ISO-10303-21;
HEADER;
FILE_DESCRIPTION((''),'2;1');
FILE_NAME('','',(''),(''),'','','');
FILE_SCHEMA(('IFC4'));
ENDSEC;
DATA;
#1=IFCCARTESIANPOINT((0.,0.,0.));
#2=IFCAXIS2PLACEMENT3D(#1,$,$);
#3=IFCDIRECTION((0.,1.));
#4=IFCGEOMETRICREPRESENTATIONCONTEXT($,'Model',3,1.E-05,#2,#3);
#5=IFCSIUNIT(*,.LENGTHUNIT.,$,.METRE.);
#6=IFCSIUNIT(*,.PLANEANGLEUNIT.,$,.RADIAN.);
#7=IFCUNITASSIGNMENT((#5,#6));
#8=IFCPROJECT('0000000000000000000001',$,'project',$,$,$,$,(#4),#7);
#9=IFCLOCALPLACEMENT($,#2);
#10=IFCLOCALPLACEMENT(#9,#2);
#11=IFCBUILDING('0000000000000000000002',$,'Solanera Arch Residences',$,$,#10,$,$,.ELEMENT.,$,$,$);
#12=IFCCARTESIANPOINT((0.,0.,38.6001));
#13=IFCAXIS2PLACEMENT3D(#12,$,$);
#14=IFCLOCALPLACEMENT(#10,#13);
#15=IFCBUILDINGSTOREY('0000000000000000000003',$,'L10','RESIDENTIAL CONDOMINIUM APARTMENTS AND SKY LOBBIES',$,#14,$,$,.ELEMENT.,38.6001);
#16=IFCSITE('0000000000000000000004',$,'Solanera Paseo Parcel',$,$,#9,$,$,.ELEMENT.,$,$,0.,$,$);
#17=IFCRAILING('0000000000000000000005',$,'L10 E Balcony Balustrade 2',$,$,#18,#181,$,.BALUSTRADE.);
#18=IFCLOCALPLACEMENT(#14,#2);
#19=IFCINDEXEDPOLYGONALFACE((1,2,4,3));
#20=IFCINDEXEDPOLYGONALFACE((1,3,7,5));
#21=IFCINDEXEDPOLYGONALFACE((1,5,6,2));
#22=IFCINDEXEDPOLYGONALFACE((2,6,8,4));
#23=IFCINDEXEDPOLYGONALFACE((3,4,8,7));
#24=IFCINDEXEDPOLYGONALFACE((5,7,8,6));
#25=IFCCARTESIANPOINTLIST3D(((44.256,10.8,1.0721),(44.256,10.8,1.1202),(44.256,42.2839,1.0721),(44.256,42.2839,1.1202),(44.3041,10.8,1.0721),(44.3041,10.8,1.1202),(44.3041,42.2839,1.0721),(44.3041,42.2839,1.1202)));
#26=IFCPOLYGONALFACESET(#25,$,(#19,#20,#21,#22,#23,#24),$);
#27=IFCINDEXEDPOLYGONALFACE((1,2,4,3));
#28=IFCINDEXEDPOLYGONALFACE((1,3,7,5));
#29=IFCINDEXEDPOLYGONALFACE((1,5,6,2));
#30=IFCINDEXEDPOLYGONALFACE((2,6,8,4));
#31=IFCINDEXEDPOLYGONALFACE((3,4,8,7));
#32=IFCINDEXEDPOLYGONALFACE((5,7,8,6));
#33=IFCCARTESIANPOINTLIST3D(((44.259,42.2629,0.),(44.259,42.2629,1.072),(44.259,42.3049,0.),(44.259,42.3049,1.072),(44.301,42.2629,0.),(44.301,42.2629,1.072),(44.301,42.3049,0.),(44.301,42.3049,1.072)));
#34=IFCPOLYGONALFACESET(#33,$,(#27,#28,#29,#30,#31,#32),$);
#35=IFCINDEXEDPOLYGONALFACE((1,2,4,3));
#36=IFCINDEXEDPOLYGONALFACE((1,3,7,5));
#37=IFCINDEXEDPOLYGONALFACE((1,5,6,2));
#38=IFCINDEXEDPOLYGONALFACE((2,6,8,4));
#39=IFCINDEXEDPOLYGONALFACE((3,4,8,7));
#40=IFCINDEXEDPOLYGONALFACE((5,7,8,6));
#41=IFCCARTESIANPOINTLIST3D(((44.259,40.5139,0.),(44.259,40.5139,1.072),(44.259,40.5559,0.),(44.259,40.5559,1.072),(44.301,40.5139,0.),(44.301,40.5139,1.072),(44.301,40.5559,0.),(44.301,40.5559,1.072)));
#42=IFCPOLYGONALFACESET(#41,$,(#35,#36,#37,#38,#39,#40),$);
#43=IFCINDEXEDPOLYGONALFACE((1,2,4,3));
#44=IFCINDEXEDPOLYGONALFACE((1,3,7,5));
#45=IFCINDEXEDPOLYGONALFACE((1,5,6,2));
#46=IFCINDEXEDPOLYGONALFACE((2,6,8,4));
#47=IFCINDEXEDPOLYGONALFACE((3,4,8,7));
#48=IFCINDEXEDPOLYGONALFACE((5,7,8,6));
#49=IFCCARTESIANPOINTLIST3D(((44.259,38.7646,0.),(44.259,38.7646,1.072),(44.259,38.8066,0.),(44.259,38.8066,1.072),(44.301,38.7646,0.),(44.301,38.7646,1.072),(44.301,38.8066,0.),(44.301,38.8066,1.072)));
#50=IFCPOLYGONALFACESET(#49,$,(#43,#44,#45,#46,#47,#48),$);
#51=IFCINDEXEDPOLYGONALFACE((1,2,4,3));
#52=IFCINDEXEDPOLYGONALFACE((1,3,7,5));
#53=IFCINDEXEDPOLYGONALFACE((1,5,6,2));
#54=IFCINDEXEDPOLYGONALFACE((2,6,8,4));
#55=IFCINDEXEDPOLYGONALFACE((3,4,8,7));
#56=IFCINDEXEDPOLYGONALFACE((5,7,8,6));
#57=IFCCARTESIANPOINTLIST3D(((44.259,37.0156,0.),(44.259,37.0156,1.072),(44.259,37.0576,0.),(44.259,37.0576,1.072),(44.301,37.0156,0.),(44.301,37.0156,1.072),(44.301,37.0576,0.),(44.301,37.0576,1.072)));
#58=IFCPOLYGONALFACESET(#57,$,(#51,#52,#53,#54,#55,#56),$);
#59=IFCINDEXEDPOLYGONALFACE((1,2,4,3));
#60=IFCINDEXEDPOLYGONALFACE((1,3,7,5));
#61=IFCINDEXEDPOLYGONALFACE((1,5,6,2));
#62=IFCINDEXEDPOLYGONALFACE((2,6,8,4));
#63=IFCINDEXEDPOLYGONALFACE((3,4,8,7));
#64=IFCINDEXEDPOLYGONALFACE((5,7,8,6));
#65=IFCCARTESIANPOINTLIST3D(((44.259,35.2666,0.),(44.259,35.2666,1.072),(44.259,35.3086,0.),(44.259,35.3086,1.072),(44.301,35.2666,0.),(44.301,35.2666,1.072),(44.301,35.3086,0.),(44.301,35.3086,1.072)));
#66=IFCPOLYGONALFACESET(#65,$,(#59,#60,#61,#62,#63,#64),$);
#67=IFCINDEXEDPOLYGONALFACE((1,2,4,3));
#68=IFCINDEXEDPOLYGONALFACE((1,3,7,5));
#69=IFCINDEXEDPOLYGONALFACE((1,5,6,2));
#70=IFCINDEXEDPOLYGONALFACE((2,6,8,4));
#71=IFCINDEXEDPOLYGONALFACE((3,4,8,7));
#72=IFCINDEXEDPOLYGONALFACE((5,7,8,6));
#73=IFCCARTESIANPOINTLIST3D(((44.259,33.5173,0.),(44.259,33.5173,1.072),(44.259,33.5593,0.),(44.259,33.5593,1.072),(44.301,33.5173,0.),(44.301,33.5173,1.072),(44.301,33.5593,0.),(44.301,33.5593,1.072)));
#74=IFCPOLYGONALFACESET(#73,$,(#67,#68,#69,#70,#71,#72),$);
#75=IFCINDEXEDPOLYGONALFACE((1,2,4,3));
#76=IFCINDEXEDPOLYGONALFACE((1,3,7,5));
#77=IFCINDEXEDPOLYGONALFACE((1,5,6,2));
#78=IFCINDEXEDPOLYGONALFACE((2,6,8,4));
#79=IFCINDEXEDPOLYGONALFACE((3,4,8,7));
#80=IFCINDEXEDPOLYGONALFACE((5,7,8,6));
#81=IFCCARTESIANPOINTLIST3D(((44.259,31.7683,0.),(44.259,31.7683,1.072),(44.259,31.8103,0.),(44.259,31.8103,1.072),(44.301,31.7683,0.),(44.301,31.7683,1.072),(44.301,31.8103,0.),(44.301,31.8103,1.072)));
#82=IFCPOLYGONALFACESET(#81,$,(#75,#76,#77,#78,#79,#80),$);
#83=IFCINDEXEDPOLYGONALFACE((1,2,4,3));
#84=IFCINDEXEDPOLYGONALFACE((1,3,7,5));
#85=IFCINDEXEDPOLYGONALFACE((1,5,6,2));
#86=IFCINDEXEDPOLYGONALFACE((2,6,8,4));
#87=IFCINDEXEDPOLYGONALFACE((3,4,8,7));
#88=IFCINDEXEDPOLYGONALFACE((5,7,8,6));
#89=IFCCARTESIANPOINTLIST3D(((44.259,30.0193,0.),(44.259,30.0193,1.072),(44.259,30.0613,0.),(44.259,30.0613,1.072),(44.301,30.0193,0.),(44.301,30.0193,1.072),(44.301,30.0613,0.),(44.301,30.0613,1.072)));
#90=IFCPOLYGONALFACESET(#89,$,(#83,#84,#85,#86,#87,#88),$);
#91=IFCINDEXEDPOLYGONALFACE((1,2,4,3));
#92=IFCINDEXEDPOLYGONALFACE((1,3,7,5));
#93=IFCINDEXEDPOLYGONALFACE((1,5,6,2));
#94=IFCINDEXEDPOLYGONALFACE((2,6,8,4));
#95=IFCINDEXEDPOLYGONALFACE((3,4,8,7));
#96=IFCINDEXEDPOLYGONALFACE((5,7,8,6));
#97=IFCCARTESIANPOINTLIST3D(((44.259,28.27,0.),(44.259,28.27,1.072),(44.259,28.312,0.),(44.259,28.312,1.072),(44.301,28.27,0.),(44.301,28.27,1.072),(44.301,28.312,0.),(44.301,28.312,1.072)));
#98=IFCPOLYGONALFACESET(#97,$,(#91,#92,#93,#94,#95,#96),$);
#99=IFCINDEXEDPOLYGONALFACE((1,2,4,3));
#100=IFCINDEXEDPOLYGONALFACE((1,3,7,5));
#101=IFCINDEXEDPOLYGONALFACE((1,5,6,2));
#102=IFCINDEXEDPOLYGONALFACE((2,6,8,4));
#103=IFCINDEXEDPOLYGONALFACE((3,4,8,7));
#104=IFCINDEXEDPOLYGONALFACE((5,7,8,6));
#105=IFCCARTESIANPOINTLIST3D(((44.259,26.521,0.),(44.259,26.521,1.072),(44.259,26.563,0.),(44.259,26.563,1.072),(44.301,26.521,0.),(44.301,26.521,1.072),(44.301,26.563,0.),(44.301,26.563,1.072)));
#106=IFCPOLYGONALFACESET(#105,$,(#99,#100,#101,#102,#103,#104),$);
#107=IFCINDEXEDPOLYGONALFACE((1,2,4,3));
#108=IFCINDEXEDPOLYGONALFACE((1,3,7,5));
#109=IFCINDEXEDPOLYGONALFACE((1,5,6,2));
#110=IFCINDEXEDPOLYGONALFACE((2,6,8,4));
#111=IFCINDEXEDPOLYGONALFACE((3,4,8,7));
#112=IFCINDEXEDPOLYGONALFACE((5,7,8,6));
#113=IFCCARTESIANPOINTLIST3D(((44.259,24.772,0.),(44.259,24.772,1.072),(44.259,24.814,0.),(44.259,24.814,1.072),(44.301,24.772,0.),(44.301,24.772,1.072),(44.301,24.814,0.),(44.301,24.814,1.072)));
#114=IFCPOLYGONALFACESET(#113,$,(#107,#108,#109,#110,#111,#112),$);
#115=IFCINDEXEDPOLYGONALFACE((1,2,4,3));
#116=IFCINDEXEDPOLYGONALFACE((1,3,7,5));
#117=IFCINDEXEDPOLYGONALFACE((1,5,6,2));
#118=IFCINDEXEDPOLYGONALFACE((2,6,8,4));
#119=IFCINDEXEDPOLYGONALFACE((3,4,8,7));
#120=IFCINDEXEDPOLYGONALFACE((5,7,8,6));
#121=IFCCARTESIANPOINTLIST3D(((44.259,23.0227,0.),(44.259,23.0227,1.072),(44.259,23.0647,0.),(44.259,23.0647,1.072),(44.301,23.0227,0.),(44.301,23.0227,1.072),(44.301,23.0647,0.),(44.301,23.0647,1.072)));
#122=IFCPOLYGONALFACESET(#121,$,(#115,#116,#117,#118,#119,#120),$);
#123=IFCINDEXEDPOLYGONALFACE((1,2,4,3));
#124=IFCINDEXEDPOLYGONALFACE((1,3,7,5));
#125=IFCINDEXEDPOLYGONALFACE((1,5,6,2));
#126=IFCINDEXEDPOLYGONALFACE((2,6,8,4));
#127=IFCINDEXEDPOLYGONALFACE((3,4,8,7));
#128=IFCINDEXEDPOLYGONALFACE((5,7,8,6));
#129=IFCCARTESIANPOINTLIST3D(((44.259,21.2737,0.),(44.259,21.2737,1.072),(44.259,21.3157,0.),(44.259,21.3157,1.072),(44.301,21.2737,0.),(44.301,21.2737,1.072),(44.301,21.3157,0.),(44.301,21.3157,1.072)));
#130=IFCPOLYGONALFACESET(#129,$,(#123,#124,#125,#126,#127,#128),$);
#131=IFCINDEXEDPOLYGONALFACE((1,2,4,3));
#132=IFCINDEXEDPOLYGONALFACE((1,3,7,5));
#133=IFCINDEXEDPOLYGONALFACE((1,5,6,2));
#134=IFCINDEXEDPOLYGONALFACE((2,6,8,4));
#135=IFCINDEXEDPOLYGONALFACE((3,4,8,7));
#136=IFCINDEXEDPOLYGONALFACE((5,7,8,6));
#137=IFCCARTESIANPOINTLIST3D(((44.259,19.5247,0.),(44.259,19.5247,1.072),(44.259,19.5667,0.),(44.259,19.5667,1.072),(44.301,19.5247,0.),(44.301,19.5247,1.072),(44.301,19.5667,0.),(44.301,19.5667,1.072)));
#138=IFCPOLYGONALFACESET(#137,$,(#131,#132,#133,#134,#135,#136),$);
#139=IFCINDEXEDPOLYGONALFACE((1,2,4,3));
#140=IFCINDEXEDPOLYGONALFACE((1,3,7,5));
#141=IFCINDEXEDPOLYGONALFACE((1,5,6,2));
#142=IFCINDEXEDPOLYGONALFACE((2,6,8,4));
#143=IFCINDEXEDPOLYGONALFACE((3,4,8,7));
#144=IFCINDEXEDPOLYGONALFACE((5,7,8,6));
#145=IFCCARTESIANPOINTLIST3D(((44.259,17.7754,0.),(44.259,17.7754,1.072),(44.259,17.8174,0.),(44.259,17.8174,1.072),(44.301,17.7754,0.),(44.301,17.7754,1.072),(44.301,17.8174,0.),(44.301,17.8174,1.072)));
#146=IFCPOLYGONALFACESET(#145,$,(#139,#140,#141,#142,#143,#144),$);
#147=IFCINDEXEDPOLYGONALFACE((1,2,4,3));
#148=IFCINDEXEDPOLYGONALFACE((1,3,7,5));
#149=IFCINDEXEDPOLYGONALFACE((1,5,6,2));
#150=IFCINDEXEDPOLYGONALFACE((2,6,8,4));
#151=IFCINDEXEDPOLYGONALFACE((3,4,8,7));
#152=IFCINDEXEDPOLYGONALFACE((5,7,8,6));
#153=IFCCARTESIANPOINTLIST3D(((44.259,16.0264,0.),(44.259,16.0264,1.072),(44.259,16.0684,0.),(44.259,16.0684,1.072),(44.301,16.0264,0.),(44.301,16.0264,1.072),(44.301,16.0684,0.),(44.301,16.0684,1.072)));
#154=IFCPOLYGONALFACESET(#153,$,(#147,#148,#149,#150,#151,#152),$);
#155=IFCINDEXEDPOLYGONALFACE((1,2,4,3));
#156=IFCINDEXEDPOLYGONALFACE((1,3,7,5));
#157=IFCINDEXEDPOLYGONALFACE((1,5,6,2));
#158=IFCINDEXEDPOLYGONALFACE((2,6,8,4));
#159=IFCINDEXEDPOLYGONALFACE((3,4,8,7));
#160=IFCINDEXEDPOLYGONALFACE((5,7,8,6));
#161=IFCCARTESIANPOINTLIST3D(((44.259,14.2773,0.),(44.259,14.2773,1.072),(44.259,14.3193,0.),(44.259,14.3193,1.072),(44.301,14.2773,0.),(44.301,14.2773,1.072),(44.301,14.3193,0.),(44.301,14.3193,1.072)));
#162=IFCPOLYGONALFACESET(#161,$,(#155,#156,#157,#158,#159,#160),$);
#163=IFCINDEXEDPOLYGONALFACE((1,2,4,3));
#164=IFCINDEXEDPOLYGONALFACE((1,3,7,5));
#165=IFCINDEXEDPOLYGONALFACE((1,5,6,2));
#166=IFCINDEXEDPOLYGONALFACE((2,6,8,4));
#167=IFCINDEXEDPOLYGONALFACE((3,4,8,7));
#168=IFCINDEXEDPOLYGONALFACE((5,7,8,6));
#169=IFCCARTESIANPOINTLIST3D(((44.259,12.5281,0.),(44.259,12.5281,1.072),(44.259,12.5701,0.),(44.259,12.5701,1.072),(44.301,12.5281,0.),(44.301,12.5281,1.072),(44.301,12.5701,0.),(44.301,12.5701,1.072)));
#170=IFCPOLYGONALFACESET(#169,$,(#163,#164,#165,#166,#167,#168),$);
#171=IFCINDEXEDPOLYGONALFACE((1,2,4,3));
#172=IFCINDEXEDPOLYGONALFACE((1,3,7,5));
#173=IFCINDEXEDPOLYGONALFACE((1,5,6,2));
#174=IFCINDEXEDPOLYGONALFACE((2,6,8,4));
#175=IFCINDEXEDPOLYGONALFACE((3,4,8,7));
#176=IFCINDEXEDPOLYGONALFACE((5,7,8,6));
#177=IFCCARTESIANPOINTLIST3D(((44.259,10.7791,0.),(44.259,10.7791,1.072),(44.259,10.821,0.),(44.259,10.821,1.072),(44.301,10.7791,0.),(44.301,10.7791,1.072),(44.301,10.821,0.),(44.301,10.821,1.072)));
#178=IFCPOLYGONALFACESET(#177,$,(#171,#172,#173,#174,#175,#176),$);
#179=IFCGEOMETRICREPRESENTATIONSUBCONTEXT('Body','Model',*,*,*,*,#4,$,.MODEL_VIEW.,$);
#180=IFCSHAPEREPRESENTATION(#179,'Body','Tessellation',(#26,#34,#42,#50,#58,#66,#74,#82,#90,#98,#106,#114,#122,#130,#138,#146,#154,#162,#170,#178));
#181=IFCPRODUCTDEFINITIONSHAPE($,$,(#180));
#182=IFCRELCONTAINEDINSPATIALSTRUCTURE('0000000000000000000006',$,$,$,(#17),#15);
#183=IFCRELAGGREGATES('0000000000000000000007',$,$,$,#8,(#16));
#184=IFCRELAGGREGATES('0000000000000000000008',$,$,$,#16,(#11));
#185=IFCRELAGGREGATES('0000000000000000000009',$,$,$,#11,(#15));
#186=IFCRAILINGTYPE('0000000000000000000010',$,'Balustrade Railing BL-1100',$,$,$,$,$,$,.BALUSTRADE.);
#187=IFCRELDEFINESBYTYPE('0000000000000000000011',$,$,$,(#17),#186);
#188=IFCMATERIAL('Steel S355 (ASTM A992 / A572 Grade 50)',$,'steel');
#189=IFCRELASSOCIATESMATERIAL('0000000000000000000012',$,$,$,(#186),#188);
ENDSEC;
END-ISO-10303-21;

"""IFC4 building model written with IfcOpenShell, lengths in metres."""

from ifc_helpers import new_model, si_unit, direction, frame, origin, origin_2d, place, context, subcontext, project, spatial, rectangle, extrude, material, type_object, element, save


model = new_model("IFC4")

# Units and contexts
model_context = context("Model", 3, precision=1e-05, world=origin(), true_north=direction((0.0, 1.0)))
body_context = subcontext(model_context, "Body", "Model", "MODEL_VIEW")
ifc_project = project(units=[si_unit("LENGTHUNIT", "METRE"), si_unit("PLANEANGLEUNIT", "RADIAN")], contexts=[model_context])

# Site, building, storey
site_placement = place(None, origin())
site = spatial("IfcSite", under=ifc_project, at=site_placement, Name="Solanera Paseo Parcel", CompositionType="ELEMENT", RefElevation=0.0)
building_placement = place(site_placement, origin())
building = spatial("IfcBuilding", under=site, at=building_placement, Name="Solanera Arch Residences", CompositionType="ELEMENT")
storey_placement = place(building_placement, frame((0.0, 0.0, 38.6001)))
storey = spatial("IfcBuildingStorey", under=building, at=storey_placement, Name="L10", Description="RESIDENTIAL CONDOMINIUM APARTMENTS AND SKY LOBBIES", CompositionType="ELEMENT", Elevation=38.6001)

# Railing
ifc_material_1 = material(Name="Steel S355 (ASTM A992 / A572 Grade 50)", Category="steel")
railing_type = type_object("IfcRailingType", Name="Balustrade Railing BL-1100", PredefinedType="BALUSTRADE", material=ifc_material_1)
railing_1_placement = place(storey_placement, frame((44.28, 42.2839, 0.0)))
element("IfcRailing", 1, at=railing_1_placement, inside=storey, type_object=railing_type, Name="L10 E Balcony Balustrade 2", PredefinedType="BALUSTRADE", context=body_context, shape_type="SweptSolid", body=[
    extrude(rectangle(XDim=0.0481, YDim=0.0481, at=origin_2d()), frame((0.0, 0.0, 1.0962), z_axis=(0.0, -1.0, 0.0), x_axis=(1.0, 0.0, 0.0)), (0.0, 0.0, 1.0), 31.4839),
    extrude(rectangle(XDim=0.042, YDim=0.042, at=origin_2d()), origin(), (0.0, 0.0, 1.0), 1.072),
    extrude(rectangle(XDim=0.042, YDim=0.042, at=origin_2d()), frame((0.0, -1.749, 0.0)), (0.0, 0.0, 1.0), 1.072),
    extrude(rectangle(XDim=0.042, YDim=0.042, at=origin_2d()), frame((0.0, -3.4983, 0.0)), (0.0, 0.0, 1.0), 1.072),
    extrude(rectangle(XDim=0.042, YDim=0.042, at=origin_2d()), frame((0.0, -5.2473, 0.0)), (0.0, 0.0, 1.0), 1.072),
    extrude(rectangle(XDim=0.042, YDim=0.042, at=origin_2d()), frame((0.0, -6.9963, 0.0)), (0.0, 0.0, 1.0), 1.072),
    extrude(rectangle(XDim=0.042, YDim=0.042, at=origin_2d()), frame((0.0, -8.7456, 0.0)), (0.0, 0.0, 1.0), 1.072),
    extrude(rectangle(XDim=0.042, YDim=0.042, at=origin_2d()), frame((0.0, -10.4946, 0.0)), (0.0, 0.0, 1.0), 1.072),
    extrude(rectangle(XDim=0.042, YDim=0.042, at=origin_2d()), frame((0.0, -12.2437, 0.0)), (0.0, 0.0, 1.0), 1.072),
    extrude(rectangle(XDim=0.042, YDim=0.042, at=origin_2d()), frame((0.0, -13.9929, 0.0)), (0.0, 0.0, 1.0), 1.072),
    extrude(rectangle(XDim=0.042, YDim=0.042, at=origin_2d()), frame((0.0, -15.7419, 0.0)), (0.0, 0.0, 1.0), 1.072),
    extrude(rectangle(XDim=0.042, YDim=0.042, at=origin_2d()), frame((0.0, -17.491, 0.0)), (0.0, 0.0, 1.0), 1.072),
    extrude(rectangle(XDim=0.042, YDim=0.042, at=origin_2d()), frame((0.0, -19.2402, 0.0)), (0.0, 0.0, 1.0), 1.072),
    extrude(rectangle(XDim=0.042, YDim=0.042, at=origin_2d()), frame((0.0, -20.9893, 0.0)), (0.0, 0.0, 1.0), 1.072),
    extrude(rectangle(XDim=0.042, YDim=0.042, at=origin_2d()), frame((0.0, -22.7383, 0.0)), (0.0, 0.0, 1.0), 1.072),
    extrude(rectangle(XDim=0.042, YDim=0.042, at=origin_2d()), frame((0.0, -24.4875, 0.0)), (0.0, 0.0, 1.0), 1.072),
    extrude(rectangle(XDim=0.042, YDim=0.042, at=origin_2d()), frame((0.0, -26.2366, 0.0)), (0.0, 0.0, 1.0), 1.072),
    extrude(rectangle(XDim=0.042, YDim=0.042, at=origin_2d()), frame((0.0, -27.9856, 0.0)), (0.0, 0.0, 1.0), 1.072),
    extrude(rectangle(XDim=0.042, YDim=0.042, at=origin_2d()), frame((0.0, -29.7349, 0.0)), (0.0, 0.0, 1.0), 1.072),
    extrude(rectangle(XDim=0.042, YDim=0.042, at=origin_2d()), frame((0.0, -31.4839, 0.0)), (0.0, 0.0, 1.0), 1.072),
])

save(model, "model.ifc")
